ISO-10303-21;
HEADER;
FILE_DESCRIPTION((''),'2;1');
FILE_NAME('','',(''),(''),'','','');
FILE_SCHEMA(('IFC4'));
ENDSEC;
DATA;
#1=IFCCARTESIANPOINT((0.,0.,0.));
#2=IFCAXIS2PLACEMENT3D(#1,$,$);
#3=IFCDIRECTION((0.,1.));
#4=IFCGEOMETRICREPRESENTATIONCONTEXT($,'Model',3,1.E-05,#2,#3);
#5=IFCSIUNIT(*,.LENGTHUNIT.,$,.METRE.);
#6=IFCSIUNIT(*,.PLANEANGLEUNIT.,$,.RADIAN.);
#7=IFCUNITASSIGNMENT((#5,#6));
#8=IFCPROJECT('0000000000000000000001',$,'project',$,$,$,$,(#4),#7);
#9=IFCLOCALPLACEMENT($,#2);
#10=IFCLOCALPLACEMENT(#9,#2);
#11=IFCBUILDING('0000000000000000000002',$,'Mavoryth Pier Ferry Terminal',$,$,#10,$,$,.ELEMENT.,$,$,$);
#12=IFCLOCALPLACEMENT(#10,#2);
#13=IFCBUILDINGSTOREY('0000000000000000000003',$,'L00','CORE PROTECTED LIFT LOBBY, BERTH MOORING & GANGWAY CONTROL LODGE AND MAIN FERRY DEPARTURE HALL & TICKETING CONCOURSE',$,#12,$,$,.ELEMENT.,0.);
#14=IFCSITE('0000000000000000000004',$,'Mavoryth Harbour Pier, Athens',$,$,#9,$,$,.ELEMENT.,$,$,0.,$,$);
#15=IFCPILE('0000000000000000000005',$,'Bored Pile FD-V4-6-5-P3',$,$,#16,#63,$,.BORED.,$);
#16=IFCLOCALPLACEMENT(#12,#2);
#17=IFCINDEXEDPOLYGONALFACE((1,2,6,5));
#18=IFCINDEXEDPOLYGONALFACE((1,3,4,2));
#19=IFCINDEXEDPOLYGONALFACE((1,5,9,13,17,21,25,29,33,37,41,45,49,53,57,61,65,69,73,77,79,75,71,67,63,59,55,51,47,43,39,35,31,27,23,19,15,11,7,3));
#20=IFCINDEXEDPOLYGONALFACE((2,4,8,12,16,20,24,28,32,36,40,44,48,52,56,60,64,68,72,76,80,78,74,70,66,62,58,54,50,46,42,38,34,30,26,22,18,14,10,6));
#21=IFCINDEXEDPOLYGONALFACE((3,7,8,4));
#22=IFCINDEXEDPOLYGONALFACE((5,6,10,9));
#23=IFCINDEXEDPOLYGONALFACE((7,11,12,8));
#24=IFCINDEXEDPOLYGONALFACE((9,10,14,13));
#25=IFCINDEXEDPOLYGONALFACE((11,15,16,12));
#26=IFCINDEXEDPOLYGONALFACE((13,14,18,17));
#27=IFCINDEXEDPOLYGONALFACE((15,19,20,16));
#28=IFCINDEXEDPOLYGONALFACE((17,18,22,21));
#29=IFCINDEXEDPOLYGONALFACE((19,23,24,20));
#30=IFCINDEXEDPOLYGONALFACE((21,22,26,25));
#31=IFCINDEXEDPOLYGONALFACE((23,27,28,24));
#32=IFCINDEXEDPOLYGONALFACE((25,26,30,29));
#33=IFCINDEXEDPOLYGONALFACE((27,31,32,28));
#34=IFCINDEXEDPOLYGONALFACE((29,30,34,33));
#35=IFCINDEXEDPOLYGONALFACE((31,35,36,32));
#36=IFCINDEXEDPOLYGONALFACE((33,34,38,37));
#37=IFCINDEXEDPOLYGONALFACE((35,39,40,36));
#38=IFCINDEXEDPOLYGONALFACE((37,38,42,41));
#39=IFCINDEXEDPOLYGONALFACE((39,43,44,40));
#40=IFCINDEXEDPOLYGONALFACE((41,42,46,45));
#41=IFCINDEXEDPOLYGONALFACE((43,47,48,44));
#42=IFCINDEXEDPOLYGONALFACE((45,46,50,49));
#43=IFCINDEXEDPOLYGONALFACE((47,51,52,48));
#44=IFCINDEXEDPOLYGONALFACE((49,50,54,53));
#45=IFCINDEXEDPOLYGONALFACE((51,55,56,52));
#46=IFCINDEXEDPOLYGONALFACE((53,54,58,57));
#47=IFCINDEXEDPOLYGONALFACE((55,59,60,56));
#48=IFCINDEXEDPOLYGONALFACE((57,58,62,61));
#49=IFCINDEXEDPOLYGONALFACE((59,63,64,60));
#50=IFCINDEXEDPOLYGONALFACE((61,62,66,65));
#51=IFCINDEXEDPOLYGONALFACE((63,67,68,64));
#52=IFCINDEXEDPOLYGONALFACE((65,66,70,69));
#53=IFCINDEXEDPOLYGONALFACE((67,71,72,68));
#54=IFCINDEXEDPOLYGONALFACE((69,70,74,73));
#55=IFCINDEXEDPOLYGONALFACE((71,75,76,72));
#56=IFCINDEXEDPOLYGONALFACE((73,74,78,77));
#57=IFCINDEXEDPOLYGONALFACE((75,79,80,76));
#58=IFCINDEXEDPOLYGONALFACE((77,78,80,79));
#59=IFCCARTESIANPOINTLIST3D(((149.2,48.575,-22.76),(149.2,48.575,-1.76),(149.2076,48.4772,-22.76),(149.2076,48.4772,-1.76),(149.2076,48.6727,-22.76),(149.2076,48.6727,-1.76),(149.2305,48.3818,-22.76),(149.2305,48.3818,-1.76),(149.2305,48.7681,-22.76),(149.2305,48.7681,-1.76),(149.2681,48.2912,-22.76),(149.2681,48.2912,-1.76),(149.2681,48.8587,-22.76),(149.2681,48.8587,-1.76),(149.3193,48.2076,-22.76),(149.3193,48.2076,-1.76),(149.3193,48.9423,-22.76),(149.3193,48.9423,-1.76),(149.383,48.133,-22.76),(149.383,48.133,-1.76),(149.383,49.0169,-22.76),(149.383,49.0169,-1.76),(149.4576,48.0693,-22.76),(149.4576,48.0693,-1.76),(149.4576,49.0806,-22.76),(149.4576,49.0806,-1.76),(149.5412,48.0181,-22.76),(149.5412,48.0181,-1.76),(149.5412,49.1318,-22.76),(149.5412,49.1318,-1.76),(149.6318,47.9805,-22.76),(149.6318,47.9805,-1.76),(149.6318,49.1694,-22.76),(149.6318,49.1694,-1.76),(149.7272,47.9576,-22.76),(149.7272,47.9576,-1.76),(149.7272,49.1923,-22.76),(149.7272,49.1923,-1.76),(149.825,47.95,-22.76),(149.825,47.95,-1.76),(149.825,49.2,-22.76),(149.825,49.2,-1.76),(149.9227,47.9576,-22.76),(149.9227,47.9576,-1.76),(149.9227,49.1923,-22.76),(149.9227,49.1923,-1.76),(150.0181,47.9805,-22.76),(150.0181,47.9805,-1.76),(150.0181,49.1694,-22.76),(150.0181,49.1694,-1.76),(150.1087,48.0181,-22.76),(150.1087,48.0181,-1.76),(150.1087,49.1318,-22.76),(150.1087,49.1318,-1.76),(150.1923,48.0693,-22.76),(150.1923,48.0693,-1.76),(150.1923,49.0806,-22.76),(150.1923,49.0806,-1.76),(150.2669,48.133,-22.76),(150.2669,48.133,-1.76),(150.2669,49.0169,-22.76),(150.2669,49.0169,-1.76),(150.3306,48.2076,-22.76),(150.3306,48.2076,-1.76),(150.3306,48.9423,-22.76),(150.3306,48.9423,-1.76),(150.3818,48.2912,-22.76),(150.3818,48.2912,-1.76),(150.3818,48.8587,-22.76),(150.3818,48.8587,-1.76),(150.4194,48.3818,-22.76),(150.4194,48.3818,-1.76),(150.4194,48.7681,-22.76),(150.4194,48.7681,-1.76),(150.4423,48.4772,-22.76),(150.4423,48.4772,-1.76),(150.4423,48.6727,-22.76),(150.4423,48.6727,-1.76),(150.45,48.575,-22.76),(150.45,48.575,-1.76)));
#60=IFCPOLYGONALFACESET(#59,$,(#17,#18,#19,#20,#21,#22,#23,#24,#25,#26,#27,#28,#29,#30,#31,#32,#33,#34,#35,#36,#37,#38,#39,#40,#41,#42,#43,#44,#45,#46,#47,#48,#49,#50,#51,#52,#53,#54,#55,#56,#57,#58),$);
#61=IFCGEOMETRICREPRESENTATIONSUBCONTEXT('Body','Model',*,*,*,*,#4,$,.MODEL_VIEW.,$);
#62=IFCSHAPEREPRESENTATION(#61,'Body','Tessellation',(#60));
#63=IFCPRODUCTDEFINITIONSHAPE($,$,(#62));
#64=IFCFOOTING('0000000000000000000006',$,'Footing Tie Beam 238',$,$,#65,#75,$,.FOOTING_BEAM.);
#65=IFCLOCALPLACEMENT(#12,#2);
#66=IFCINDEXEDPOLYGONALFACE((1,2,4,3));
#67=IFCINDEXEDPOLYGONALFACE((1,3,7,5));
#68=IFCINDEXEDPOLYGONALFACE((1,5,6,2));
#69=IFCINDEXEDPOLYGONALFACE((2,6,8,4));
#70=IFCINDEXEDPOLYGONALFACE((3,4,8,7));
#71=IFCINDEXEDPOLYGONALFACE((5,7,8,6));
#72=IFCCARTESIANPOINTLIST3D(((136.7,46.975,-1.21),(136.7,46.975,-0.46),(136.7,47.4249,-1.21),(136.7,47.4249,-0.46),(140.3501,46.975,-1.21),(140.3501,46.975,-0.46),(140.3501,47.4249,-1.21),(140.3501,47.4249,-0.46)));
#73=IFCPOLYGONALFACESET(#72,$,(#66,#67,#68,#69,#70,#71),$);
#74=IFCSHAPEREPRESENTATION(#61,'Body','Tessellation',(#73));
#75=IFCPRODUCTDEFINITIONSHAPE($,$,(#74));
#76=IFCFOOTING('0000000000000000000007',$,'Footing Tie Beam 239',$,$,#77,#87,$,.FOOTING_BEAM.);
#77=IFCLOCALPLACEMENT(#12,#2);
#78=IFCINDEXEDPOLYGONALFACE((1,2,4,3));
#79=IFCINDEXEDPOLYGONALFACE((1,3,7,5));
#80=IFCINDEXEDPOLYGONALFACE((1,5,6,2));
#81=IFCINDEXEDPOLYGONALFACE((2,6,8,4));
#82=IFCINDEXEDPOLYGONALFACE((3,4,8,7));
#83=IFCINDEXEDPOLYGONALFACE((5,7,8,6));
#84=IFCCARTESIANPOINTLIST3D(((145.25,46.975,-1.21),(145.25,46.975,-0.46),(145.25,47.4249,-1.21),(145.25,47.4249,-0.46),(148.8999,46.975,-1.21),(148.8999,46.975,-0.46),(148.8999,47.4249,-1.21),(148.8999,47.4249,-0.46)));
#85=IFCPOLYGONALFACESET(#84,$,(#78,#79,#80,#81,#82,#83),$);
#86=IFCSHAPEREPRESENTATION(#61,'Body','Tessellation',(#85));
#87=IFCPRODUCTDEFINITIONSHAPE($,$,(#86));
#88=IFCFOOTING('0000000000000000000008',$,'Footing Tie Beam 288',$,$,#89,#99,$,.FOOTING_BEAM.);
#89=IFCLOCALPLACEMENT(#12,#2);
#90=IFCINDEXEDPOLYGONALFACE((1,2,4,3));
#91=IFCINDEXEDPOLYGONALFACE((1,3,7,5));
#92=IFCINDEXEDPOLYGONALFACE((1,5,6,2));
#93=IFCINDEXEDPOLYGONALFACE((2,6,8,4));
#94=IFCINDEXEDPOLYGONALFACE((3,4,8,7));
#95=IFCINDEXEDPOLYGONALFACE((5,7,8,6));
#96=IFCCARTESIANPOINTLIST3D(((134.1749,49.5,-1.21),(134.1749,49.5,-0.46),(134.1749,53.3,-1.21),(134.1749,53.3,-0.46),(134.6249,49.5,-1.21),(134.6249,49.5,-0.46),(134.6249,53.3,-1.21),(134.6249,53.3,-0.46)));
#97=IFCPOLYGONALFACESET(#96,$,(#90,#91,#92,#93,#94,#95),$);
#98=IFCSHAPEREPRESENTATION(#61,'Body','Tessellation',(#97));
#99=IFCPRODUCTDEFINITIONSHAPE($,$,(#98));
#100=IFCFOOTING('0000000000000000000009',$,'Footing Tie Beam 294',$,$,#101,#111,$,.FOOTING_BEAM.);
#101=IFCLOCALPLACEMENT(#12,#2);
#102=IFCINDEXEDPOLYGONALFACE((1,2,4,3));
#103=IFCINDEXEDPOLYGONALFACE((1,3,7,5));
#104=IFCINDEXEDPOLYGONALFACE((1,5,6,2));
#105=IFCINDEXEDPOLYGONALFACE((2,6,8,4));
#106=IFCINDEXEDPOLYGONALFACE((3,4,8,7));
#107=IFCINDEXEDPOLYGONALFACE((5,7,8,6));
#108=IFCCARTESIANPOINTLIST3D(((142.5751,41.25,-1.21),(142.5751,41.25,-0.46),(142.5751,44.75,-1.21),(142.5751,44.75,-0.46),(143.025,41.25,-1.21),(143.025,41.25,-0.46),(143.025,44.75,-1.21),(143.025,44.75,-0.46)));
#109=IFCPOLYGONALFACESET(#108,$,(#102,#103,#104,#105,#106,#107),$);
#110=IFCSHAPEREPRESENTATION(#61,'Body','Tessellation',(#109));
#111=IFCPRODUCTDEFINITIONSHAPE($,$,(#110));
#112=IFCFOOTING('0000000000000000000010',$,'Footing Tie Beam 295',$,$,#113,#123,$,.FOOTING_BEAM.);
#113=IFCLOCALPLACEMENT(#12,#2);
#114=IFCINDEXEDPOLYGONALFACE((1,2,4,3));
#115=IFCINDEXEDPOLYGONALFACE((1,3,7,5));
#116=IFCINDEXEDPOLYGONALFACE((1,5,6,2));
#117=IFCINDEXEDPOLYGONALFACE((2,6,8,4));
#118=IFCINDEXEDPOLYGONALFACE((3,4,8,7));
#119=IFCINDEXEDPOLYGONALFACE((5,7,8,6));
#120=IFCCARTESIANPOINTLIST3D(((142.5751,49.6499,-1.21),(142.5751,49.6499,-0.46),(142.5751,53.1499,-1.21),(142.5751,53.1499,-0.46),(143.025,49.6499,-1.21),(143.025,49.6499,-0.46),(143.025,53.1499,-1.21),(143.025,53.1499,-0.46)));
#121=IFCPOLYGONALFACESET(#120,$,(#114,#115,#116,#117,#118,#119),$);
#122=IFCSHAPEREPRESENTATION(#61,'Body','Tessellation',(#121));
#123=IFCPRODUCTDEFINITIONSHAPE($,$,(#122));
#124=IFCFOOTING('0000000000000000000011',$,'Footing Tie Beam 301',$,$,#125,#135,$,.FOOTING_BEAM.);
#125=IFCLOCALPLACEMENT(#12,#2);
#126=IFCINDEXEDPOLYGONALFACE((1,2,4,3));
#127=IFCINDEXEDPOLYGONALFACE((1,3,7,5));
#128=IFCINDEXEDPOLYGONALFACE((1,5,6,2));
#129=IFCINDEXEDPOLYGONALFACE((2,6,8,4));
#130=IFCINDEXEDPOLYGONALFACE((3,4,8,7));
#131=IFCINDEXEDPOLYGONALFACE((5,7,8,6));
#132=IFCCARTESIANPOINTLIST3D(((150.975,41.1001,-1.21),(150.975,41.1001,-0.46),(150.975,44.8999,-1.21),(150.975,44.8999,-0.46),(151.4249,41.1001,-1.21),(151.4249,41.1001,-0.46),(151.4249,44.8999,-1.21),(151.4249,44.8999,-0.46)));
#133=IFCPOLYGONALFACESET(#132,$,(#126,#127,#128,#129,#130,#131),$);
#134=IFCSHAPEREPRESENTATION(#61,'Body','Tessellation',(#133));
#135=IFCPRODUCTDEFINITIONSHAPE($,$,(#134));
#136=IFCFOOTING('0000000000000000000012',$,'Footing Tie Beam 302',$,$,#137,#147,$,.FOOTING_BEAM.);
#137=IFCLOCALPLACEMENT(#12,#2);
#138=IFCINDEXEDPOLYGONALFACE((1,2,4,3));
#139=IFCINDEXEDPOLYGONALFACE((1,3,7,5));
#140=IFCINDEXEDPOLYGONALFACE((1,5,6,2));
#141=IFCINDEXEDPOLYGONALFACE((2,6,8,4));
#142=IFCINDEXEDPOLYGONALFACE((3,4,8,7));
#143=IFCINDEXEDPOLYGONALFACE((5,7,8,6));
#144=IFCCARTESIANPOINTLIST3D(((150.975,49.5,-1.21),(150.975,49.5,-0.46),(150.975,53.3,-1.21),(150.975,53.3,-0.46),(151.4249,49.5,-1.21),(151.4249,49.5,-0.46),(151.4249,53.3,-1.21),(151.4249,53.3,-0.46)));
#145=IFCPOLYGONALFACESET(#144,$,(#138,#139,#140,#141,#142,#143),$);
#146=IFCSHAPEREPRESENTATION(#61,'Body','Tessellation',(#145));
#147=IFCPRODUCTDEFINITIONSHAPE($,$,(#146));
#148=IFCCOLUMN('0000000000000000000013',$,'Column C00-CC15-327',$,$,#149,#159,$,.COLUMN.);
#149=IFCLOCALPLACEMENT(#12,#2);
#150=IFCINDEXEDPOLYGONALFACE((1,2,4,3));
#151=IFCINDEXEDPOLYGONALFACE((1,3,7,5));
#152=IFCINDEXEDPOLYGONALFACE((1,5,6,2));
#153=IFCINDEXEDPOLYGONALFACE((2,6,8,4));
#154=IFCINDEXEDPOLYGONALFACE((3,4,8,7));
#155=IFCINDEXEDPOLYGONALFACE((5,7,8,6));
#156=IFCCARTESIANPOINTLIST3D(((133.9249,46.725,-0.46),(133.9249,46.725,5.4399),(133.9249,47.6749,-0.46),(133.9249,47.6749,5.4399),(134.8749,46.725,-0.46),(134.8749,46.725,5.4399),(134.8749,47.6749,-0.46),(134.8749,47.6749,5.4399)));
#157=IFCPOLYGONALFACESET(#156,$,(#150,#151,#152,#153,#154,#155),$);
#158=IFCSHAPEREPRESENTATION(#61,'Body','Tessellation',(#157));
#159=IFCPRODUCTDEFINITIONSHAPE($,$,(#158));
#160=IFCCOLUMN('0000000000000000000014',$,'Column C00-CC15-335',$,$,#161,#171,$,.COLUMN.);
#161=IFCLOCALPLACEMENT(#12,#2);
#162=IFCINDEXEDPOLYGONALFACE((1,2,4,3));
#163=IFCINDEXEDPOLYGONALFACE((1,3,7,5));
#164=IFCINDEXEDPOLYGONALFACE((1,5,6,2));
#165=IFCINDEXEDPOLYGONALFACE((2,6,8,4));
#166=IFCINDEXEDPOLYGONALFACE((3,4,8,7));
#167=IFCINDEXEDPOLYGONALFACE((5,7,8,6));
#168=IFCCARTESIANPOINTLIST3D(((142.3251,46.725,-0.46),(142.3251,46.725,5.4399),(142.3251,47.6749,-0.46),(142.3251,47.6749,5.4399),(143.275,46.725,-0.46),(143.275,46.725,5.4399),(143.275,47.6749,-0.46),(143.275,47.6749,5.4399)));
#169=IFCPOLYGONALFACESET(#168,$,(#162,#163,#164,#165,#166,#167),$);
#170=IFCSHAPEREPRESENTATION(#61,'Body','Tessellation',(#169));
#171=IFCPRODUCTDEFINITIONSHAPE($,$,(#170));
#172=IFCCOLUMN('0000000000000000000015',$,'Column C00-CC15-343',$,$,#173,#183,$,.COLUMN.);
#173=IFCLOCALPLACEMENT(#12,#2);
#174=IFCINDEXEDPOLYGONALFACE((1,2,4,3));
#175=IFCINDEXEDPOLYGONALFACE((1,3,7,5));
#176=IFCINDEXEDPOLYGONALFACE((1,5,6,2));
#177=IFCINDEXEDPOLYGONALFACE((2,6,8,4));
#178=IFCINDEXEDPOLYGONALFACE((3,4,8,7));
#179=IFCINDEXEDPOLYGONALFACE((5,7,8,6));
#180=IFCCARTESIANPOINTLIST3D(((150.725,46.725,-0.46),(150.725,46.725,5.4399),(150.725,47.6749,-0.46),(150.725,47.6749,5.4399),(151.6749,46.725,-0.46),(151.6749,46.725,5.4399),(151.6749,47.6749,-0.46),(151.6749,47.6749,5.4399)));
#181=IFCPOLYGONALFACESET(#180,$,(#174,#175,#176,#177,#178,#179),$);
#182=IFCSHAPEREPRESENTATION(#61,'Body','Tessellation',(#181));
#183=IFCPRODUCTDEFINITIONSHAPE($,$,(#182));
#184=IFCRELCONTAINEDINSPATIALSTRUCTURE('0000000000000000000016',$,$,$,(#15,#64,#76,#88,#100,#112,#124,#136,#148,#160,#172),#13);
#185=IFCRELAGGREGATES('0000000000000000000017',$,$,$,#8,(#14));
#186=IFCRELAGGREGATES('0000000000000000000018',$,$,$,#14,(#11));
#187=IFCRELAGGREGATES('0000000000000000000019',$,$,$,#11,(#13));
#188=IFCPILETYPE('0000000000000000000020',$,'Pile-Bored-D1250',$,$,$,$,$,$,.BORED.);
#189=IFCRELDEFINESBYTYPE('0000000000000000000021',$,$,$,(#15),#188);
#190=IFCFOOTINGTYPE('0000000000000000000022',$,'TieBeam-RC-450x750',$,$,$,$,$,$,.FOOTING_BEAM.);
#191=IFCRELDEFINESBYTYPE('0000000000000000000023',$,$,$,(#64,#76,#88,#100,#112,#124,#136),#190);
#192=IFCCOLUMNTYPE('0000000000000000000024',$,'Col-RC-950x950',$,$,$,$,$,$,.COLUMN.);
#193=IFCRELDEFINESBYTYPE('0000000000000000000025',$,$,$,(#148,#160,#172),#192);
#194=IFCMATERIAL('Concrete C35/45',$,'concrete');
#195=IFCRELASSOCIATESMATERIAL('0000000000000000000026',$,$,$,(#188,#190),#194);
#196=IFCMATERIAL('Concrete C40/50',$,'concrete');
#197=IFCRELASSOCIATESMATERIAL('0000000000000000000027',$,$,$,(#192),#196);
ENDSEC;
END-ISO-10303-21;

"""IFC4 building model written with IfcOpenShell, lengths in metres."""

from ifc_helpers import new_model, si_unit, direction, frame, origin, origin_2d, place, context, subcontext, project, spatial, rectangle, circle, extrude, material, material_profile, profile_set, type_object, element, save


model = new_model("IFC4")

# Units and contexts
model_context = context("Model", 3, precision=1e-05, world=origin(), true_north=direction((0.0, 1.0)))
body_context = subcontext(model_context, "Body", "Model", "MODEL_VIEW")
ifc_project = project(units=[si_unit("LENGTHUNIT", "METRE"), si_unit("PLANEANGLEUNIT", "RADIAN")], contexts=[model_context])

# Site, building, storey
site_placement = place(None, origin())
site = spatial("IfcSite", under=ifc_project, at=site_placement, Name="Mavoryth Harbour Pier, Athens", CompositionType="ELEMENT", RefElevation=0.0)
building_placement = place(site_placement, origin())
building = spatial("IfcBuilding", under=site, at=building_placement, Name="Mavoryth Pier Ferry Terminal", CompositionType="ELEMENT")
storey_placement = place(building_placement, origin())
storey = spatial("IfcBuildingStorey", under=building, at=storey_placement, Name="L00", Description="CORE PROTECTED LIFT LOBBY, BERTH MOORING & GANGWAY CONTROL LODGE AND MAIN FERRY DEPARTURE HALL & TICKETING CONCOURSE", CompositionType="ELEMENT", Elevation=0.0)

# Shared definitions
ifc_material_1 = material(Name="Concrete C35/45", Category="concrete")

# Pile
ifc_material_profile_1 = material_profile(ifc_material_1, circle(Radius=0.625, at=origin_2d()), Name="PILE D1250", Category="concrete")
ifc_profile_set_1 = profile_set([ifc_material_profile_1], Name="Concrete C35/45 - PILE D1250")
pile_type = type_object("IfcPileType", Name="Pile-Bored-D1250", PredefinedType="BORED", material=ifc_profile_set_1)
for number, where, z_axis, x_axis, name in (
    (1, (149.825, 48.575, -1.76), (0.0, 0.0, -1.0), (1.0, 0.0, 0.0), "Bored Pile FD-V4-6-5-P3"),
):
    element("IfcPile", number, at=place(storey_placement, frame(where, z_axis=z_axis, x_axis=x_axis)), inside=storey, type_object=pile_type, Name=name, PredefinedType="BORED", context=body_context, shape_type="SweptSolid", body=[
        extrude(circle(Radius=0.625, at=origin_2d()), origin(), (0.0, 0.0, 1.0), 21.0),
    ])

# Footings
ifc_material_profile_2 = material_profile(ifc_material_1, rectangle(XDim=0.45, YDim=0.75, at=origin_2d()), Name="RC 450x750", Category="concrete")
ifc_profile_set_2 = profile_set([ifc_material_profile_2], Name="Concrete C35/45 - RC 450x750")
footing_type_1 = type_object("IfcFootingType", Name="TieBeam-RC-450x750", PredefinedType="FOOTING_BEAM", material=ifc_profile_set_2)
footing_1_placement = place(storey_placement, frame((136.7, 47.2, -0.835), z_axis=(1.0, 0.0, 0.0), x_axis=(0.0, 1.0, 0.0)))
element("IfcFooting", 2, at=footing_1_placement, inside=storey, type_object=footing_type_1, Name="Footing Tie Beam 238", PredefinedType="FOOTING_BEAM", context=body_context, shape_type="SweptSolid", body=[
    extrude(rectangle(XDim=0.45, YDim=0.75, at=origin_2d()), origin(), (0.0, 0.0, 1.0), 3.6501),
])
footing_2_placement = place(storey_placement, frame((145.25, 47.2, -0.835), z_axis=(1.0, 0.0, 0.0), x_axis=(0.0, 1.0, 0.0)))
element("IfcFooting", 3, at=footing_2_placement, inside=storey, type_object=footing_type_1, Name="Footing Tie Beam 239", PredefinedType="FOOTING_BEAM", context=body_context, shape_type="SweptSolid", body=[
    extrude(rectangle(XDim=0.45, YDim=0.75, at=origin_2d()), origin(), (0.0, 0.0, 1.0), 3.6499),
])
footing_3_placement = place(storey_placement, frame((134.3999, 49.5, -0.835), z_axis=(0.0, 1.0, 0.0), x_axis=(-1.0, 0.0, 0.0)))
element("IfcFooting", 4, at=footing_3_placement, inside=storey, type_object=footing_type_1, Name="Footing Tie Beam 288", PredefinedType="FOOTING_BEAM", context=body_context, shape_type="SweptSolid", body=[
    extrude(rectangle(XDim=0.45, YDim=0.75, at=origin_2d()), origin(), (0.0, 0.0, 1.0), 3.8),
])
for number, where, z_axis, x_axis, name in (
    (5, (142.8, 41.25, -0.835), (0.0, 1.0, 0.0), (-1.0, 0.0, 0.0), "Footing Tie Beam 294"),
    (6, (142.8, 49.6499, -0.835), (0.0, 1.0, 0.0), (-1.0, 0.0, 0.0), "Footing Tie Beam 295"),
):
    element("IfcFooting", number, at=place(storey_placement, frame(where, z_axis=z_axis, x_axis=x_axis)), inside=storey, type_object=footing_type_1, Name=name, PredefinedType="FOOTING_BEAM", context=body_context, shape_type="SweptSolid", body=[
        extrude(rectangle(XDim=0.45, YDim=0.75, at=origin_2d()), origin(), (0.0, 0.0, 1.0), 3.5),
    ])
footing_4_placement = place(storey_placement, frame((151.2, 41.1001, -0.835), z_axis=(0.0, 1.0, 0.0), x_axis=(-1.0, 0.0, 0.0)))
element("IfcFooting", 7, at=footing_4_placement, inside=storey, type_object=footing_type_1, Name="Footing Tie Beam 301", PredefinedType="FOOTING_BEAM", context=body_context, shape_type="SweptSolid", body=[
    extrude(rectangle(XDim=0.45, YDim=0.75, at=origin_2d()), origin(), (0.0, 0.0, 1.0), 3.7998),
])
footing_5_placement = place(storey_placement, frame((151.2, 49.5, -0.835), z_axis=(0.0, 1.0, 0.0), x_axis=(-1.0, 0.0, 0.0)))
element("IfcFooting", 8, at=footing_5_placement, inside=storey, type_object=footing_type_1, Name="Footing Tie Beam 302", PredefinedType="FOOTING_BEAM", context=body_context, shape_type="SweptSolid", body=[
    extrude(rectangle(XDim=0.45, YDim=0.75, at=origin_2d()), origin(), (0.0, 0.0, 1.0), 3.8),
])

# Columns
ifc_material_2 = material(Name="Concrete C40/50", Category="concrete")
ifc_material_profile_3 = material_profile(ifc_material_2, rectangle(XDim=0.95, YDim=0.95, at=origin_2d()), Name="RC 950x950", Category="concrete")
ifc_profile_set_3 = profile_set([ifc_material_profile_3], Name="Concrete C40/50 - RC 950x950")
column_type = type_object("IfcColumnType", Name="Col-RC-950x950", PredefinedType="COLUMN", material=ifc_profile_set_3)
for number, where, z_axis, x_axis, name in (
    (9, (134.3999, 47.2, -0.46), (0.0, 0.0, 1.0), (1.0, 0.0, 0.0), "Column C00-CC15-327"),
    (10, (142.8, 47.2, -0.46), (0.0, 0.0, 1.0), (1.0, 0.0, 0.0), "Column C00-CC15-335"),
    (11, (151.2, 47.2, -0.46), (0.0, 0.0, 1.0), (1.0, 0.0, 0.0), "Column C00-CC15-343"),
):
    element("IfcColumn", number, at=place(storey_placement, frame(where, z_axis=z_axis, x_axis=x_axis)), inside=storey, type_object=column_type, Name=name, PredefinedType="COLUMN", context=body_context, shape_type="SweptSolid", body=[
        extrude(rectangle(XDim=0.95, YDim=0.95, at=origin_2d()), origin(), (0.0, 0.0, 1.0), 5.8999),
    ])

save(model, "model.ifc")
